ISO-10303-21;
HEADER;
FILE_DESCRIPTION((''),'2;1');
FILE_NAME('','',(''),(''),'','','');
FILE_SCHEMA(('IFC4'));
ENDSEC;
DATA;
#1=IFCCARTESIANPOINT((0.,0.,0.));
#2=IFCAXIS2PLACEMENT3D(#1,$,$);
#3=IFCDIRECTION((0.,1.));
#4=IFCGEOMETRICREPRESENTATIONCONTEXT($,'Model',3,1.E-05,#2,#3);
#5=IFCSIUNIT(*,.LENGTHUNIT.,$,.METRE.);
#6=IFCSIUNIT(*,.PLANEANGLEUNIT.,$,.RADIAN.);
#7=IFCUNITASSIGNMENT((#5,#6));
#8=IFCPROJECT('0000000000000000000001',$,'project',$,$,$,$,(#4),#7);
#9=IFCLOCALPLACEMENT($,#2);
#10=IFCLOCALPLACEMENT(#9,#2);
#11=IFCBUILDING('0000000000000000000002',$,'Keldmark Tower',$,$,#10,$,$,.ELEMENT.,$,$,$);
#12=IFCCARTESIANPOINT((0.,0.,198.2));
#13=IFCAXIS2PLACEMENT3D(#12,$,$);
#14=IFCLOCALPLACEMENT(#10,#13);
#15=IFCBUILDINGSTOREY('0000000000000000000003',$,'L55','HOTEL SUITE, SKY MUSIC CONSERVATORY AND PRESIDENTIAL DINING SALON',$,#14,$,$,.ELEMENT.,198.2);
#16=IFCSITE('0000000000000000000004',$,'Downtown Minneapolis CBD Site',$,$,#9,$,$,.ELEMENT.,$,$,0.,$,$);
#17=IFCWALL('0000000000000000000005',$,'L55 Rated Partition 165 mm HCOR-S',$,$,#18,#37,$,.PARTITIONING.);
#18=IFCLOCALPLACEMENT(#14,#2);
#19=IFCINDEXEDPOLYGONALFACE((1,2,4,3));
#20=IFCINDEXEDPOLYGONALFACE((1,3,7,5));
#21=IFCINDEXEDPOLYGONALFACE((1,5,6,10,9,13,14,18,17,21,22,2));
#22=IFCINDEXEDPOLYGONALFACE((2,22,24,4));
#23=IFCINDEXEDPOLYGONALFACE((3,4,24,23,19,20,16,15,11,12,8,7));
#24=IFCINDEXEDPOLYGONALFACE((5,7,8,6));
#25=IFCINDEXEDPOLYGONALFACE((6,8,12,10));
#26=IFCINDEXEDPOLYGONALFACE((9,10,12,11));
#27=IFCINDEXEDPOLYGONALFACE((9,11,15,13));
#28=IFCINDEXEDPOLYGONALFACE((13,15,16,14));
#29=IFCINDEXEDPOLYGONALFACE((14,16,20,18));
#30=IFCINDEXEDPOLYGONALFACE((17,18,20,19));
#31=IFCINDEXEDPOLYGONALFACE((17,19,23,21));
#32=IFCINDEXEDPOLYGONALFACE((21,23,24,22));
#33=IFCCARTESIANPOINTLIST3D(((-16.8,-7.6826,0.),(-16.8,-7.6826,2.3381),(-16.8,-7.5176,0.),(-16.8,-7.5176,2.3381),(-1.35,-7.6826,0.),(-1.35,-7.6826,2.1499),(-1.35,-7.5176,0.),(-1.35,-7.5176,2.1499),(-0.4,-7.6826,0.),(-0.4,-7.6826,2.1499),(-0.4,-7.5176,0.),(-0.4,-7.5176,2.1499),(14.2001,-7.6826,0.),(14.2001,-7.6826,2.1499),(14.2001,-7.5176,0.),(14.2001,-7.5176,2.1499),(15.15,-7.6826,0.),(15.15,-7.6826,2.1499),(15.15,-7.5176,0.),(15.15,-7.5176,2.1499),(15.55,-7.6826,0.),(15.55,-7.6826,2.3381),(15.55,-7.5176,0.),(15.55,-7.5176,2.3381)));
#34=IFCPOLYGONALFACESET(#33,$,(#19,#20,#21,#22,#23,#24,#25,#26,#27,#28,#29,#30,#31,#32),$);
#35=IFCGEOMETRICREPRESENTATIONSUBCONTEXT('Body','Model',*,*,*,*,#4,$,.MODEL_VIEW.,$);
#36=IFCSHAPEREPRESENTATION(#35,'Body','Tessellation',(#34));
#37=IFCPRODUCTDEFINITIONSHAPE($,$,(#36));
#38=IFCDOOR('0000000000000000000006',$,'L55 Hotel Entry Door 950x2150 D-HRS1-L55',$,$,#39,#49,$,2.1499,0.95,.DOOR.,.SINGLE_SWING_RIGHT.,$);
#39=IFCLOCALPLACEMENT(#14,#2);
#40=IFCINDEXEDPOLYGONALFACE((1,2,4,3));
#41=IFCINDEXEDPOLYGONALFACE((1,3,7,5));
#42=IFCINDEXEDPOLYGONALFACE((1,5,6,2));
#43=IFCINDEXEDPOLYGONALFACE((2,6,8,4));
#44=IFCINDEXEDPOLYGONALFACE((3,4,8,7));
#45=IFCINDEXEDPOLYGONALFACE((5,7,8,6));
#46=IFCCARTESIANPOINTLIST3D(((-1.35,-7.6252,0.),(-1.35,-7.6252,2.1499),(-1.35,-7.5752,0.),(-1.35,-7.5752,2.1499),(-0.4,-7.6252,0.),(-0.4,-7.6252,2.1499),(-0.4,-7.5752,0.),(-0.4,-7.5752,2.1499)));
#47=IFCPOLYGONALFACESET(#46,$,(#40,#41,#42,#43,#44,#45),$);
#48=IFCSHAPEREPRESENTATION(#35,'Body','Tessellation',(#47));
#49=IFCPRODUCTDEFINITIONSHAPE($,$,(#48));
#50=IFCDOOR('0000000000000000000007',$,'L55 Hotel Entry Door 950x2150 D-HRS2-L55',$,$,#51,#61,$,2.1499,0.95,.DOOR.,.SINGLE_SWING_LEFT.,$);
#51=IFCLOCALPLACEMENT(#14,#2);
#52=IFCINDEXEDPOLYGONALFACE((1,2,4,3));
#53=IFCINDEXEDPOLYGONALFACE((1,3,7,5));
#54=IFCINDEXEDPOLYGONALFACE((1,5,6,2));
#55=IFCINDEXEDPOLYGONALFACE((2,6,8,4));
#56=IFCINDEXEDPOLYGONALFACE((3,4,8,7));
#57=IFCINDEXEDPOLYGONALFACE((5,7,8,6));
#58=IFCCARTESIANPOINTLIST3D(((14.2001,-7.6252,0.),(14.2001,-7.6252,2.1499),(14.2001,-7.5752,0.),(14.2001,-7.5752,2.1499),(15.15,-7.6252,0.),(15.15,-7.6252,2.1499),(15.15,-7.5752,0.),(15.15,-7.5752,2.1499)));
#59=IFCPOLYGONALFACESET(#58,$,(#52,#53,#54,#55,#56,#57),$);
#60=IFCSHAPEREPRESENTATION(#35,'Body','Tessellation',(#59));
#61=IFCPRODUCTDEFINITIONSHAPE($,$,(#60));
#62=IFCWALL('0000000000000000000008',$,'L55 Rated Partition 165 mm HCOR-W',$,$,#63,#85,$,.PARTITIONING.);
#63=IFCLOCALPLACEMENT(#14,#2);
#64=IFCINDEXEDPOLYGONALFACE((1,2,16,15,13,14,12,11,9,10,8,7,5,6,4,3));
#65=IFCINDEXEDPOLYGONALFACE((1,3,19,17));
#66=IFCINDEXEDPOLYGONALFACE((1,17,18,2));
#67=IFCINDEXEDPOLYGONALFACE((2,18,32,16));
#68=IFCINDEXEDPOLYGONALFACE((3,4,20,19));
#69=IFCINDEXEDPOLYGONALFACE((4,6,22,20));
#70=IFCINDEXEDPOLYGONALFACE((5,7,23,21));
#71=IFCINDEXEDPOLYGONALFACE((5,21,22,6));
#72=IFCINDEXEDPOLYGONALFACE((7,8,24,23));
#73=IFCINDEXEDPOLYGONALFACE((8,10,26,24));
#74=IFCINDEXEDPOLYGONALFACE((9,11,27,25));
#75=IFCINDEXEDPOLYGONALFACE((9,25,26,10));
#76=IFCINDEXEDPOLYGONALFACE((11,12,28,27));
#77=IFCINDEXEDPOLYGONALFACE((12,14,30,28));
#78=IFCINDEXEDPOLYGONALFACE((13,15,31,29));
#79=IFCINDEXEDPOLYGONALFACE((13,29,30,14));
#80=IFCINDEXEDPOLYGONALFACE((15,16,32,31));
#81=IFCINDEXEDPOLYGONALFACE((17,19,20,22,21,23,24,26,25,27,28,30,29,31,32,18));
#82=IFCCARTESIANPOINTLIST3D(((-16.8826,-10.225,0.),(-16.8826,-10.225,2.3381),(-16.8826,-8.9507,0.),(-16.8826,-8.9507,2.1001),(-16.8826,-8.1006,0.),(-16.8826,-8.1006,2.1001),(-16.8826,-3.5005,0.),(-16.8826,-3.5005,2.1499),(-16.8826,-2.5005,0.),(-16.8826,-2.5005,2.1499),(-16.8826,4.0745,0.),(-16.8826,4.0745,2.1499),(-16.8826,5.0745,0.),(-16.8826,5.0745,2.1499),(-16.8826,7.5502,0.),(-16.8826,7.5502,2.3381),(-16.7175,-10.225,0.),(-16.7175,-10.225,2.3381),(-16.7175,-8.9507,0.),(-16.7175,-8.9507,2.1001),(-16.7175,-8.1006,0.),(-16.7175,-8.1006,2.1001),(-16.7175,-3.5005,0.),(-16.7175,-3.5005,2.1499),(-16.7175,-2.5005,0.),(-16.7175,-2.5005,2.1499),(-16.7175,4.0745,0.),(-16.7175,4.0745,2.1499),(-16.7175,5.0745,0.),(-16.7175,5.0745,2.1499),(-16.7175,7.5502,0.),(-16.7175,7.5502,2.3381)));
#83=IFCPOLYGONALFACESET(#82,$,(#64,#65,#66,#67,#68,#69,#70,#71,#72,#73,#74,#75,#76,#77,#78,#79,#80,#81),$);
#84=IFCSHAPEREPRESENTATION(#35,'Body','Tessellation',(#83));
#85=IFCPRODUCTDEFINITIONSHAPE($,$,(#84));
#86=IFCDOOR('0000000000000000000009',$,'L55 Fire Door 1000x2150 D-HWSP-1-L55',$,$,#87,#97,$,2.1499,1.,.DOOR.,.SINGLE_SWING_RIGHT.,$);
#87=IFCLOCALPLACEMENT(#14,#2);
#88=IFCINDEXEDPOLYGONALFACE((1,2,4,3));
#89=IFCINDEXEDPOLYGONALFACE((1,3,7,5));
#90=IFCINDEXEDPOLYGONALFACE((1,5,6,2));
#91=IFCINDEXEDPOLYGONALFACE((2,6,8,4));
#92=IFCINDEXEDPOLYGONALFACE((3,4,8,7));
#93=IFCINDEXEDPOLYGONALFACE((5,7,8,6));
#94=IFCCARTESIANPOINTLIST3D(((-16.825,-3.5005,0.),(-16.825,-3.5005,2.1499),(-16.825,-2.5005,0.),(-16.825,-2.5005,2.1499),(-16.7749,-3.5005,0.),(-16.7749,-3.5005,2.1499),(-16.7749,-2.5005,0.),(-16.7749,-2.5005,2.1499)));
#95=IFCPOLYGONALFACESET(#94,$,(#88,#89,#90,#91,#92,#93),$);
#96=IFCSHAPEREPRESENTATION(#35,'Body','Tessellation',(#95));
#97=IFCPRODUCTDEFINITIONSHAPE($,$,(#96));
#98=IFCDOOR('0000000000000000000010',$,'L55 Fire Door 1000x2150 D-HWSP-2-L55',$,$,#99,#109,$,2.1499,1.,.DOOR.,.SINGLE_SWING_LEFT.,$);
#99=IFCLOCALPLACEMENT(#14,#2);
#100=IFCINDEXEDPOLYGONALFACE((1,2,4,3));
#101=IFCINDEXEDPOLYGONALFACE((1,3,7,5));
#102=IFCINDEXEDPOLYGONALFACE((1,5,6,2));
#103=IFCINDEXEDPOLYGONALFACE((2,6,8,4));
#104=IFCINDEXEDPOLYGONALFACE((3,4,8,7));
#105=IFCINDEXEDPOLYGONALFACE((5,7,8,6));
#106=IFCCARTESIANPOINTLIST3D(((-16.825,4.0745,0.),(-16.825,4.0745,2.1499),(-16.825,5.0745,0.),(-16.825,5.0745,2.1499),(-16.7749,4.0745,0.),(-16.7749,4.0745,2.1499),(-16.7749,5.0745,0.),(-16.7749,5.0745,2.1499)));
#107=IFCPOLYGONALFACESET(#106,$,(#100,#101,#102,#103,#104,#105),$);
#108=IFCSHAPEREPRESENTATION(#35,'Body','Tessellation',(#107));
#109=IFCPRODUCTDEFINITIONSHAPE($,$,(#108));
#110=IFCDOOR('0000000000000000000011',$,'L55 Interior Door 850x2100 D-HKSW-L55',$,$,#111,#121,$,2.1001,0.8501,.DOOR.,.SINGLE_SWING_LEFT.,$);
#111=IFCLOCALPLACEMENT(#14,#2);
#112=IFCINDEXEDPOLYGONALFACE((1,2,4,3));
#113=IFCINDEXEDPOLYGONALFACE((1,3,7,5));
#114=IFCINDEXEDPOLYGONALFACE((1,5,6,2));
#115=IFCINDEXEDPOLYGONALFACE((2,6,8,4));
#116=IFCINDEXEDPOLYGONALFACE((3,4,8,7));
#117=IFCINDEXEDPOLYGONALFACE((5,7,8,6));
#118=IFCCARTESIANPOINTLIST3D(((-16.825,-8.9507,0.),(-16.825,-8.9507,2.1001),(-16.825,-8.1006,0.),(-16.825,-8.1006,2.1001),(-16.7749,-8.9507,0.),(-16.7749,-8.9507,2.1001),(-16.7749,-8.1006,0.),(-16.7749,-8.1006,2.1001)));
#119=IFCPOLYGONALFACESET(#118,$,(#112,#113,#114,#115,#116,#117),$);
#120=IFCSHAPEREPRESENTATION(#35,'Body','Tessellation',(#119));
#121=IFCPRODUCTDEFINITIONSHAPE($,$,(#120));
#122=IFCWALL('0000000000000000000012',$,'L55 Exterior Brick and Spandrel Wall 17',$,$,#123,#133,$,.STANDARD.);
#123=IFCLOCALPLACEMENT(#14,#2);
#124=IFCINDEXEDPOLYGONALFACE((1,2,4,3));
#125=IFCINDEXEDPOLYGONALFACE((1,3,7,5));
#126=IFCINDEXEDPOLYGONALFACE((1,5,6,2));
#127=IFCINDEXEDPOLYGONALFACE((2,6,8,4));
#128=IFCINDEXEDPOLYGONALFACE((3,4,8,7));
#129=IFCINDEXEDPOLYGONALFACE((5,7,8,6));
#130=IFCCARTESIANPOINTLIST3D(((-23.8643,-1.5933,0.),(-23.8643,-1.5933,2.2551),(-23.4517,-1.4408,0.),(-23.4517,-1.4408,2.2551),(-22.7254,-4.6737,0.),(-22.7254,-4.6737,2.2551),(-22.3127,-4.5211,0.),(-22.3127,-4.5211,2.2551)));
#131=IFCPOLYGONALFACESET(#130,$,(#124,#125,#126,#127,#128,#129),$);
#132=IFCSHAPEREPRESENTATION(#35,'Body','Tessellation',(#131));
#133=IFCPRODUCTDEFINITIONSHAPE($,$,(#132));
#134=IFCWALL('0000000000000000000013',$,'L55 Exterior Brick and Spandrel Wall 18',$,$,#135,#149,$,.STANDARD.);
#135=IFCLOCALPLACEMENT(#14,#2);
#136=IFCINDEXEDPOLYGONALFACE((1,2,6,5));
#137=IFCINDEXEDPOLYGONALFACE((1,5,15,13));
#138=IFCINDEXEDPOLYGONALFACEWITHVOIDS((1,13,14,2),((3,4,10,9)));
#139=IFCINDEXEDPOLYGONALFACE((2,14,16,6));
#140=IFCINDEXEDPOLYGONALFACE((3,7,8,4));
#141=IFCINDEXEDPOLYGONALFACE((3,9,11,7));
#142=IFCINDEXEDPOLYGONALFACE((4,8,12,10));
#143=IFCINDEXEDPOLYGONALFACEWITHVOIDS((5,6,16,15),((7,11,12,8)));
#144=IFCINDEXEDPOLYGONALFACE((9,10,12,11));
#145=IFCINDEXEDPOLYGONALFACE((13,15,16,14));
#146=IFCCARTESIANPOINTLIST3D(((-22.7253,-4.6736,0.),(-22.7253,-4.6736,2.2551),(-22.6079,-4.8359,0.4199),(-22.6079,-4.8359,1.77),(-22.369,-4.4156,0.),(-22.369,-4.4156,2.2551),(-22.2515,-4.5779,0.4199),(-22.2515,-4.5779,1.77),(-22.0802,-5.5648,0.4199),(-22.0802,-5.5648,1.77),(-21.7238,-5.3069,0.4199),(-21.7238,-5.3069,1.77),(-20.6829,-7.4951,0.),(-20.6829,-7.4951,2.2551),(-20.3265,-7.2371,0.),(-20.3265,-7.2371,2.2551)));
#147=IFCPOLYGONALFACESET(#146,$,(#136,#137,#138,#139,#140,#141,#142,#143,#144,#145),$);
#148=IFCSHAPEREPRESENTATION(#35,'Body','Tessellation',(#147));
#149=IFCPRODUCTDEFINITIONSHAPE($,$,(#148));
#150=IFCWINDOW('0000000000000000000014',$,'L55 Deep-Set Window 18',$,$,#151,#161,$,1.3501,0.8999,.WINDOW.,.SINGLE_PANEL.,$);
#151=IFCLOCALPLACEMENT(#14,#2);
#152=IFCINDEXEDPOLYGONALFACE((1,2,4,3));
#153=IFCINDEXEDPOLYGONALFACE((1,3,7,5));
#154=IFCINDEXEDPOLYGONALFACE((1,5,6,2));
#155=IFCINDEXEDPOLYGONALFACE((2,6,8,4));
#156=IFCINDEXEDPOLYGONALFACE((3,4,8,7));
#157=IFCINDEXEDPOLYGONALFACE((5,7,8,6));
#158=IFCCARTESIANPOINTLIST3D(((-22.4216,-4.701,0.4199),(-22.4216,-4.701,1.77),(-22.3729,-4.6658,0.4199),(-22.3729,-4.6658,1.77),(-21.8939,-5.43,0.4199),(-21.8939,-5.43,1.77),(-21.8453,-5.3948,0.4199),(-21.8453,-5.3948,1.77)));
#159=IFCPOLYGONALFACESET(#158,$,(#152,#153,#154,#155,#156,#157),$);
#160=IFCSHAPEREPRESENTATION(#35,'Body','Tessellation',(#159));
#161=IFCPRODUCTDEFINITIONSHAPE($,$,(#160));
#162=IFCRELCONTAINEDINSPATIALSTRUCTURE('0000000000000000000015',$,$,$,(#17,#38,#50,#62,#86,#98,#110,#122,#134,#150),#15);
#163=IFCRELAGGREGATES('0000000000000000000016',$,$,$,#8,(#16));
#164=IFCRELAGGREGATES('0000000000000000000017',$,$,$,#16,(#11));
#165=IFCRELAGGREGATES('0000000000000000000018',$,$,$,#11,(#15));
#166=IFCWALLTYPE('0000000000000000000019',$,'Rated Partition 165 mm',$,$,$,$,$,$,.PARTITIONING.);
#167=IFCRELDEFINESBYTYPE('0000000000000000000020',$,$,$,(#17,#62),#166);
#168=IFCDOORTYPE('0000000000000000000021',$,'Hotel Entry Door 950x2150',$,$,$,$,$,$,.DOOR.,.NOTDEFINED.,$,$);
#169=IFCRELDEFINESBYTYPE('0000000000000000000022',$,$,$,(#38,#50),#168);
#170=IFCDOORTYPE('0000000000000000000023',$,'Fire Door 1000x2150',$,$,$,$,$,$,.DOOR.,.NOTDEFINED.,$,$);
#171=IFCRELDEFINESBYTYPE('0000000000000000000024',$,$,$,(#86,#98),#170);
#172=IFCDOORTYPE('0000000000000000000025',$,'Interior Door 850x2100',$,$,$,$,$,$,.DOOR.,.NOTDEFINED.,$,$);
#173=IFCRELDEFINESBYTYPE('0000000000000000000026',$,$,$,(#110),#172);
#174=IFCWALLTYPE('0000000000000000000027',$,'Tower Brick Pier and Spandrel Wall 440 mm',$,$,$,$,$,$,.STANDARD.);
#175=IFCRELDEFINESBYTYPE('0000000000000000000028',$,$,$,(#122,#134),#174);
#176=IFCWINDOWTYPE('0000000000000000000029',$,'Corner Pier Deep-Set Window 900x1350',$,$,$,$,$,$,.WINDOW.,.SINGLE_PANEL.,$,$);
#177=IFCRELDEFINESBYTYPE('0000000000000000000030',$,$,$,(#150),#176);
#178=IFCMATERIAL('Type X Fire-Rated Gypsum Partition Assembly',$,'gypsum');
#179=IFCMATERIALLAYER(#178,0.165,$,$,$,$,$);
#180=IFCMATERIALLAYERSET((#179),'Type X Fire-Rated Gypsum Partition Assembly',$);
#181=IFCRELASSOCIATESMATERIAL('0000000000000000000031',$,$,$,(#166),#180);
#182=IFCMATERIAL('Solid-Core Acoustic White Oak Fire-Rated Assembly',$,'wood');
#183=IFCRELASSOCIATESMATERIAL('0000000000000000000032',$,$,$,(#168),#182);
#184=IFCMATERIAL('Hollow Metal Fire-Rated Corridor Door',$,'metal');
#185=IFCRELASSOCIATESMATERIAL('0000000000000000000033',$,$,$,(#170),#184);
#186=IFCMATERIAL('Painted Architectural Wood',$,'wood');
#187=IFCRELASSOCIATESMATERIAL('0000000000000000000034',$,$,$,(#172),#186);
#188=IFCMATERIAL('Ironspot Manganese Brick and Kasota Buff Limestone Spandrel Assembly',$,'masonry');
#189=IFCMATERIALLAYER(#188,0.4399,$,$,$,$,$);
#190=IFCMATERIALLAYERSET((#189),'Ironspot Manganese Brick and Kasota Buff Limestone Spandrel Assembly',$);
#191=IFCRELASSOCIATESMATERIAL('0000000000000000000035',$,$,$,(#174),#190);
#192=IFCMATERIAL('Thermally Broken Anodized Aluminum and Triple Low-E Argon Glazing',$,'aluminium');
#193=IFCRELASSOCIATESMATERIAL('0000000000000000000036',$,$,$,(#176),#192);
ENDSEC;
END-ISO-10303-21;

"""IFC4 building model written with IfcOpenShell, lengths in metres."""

from ifc_helpers import new_model, si_unit, direction, frame, frame_2d, origin, place, context, subcontext, project, spatial, rectangle, extrude, material, layer, layer_set, type_object, element, fill, save


model = new_model("IFC4")

# Units and contexts
model_context = context("Model", 3, precision=1e-05, world=origin(), true_north=direction((0.0, 1.0)))
body_context = subcontext(model_context, "Body", "Model", "MODEL_VIEW")
ifc_project = project(units=[si_unit("LENGTHUNIT", "METRE"), si_unit("PLANEANGLEUNIT", "RADIAN")], contexts=[model_context])

# Site, building, storey
site_placement = place(None, origin())
site = spatial("IfcSite", under=ifc_project, at=site_placement, Name="Downtown Minneapolis CBD Site", CompositionType="ELEMENT", RefElevation=0.0)
building_placement = place(site_placement, origin())
building = spatial("IfcBuilding", under=site, at=building_placement, Name="Keldmark Tower", CompositionType="ELEMENT")
storey_placement = place(building_placement, frame((0.0, 0.0, 198.2)))
storey = spatial("IfcBuildingStorey", under=building, at=storey_placement, Name="L55", Description="HOTEL SUITE, SKY MUSIC CONSERVATORY AND PRESIDENTIAL DINING SALON", CompositionType="ELEMENT", Elevation=198.2)

# Walls, openings, doors
ifc_material_1 = material(Name="Type X Fire-Rated Gypsum Partition Assembly", Category="gypsum")
ifc_layer_1 = layer(ifc_material_1, 0.165)
ifc_layer_set_1 = layer_set([ifc_layer_1], Name="Type X Fire-Rated Gypsum Partition Assembly")
wall_type_1 = type_object("IfcWallType", Name="Rated Partition 165 mm", PredefinedType="PARTITIONING", material=ifc_layer_set_1)
wall_1_placement = place(storey_placement, frame((-16.8, -7.6001, 0.0), z_axis=(0.0, 0.0, 1.0), x_axis=(1.0, 0.0, 0.0)))
wall_1 = element("IfcWall", 1, at=wall_1_placement, inside=storey, type_object=wall_type_1, Name="L55 Rated Partition 165 mm HCOR-S", PredefinedType="PARTITIONING", context=body_context, shape_type="SweptSolid", body=[
    extrude(rectangle(XDim=32.3501, YDim=0.165, at=frame_2d((16.175, 0.0))), origin(), (0.0, 0.0, 1.0), 2.3381),
])
opening_1_placement = place(wall_1_placement, frame((15.45, 0.0, 0.0)))
opening_1 = element("IfcOpeningElement", 2, at=opening_1_placement, cuts=wall_1, PredefinedType="OPENING", context=body_context, shape_type="SweptSolid", body=[
    extrude(rectangle(XDim=0.95, YDim=2.1499, at=frame_2d((0.4751, 1.075))), frame((0.0, 0.0925, 0.0), z_axis=(0.0, -1.0, 0.0), x_axis=(1.0, 0.0, 0.0)), (0.0, 0.0, 1.0), 0.1851),
])
opening_2_placement = place(wall_1_placement, frame((31.0, 0.0, 0.0)))
opening_2 = element("IfcOpeningElement", 3, at=opening_2_placement, cuts=wall_1, PredefinedType="OPENING", context=body_context, shape_type="SweptSolid", body=[
    extrude(rectangle(XDim=0.95, YDim=2.1499, at=frame_2d((0.4751, 1.075))), frame((0.0, 0.0925, 0.0), z_axis=(0.0, -1.0, 0.0), x_axis=(1.0, 0.0, 0.0)), (0.0, 0.0, 1.0), 0.1851),
])
ifc_material_2 = material(Name="Solid-Core Acoustic White Oak Fire-Rated Assembly", Category="wood")
door_type_1 = type_object("IfcDoorType", Name="Hotel Entry Door 950x2150", OperationType="NOTDEFINED", PredefinedType="DOOR", material=ifc_material_2)
door_1_placement = place(opening_1_placement, origin())
door_1 = element("IfcDoor", 4, at=door_1_placement, inside=storey, type_object=door_type_1, Name="L55 Hotel Entry Door 950x2150 D-HRS1-L55", OperationType="SINGLE_SWING_RIGHT", OverallHeight=2.1499, OverallWidth=0.95, PredefinedType="DOOR", context=body_context, shape_type="SweptSolid", body=[
    extrude(rectangle(XDim=0.95, YDim=2.1499, at=frame_2d((0.4751, 1.075))), frame((0.0, 0.0249, 0.0), z_axis=(0.0, -1.0, 0.0), x_axis=(1.0, 0.0, 0.0)), (0.0, 0.0, 1.0), 0.05),
])
fill(opening_1, door_1)
door_2_placement = place(opening_2_placement, origin())
door_2 = element("IfcDoor", 5, at=door_2_placement, inside=storey, type_object=door_type_1, Name="L55 Hotel Entry Door 950x2150 D-HRS2-L55", OperationType="SINGLE_SWING_LEFT", OverallHeight=2.1499, OverallWidth=0.95, PredefinedType="DOOR", context=body_context, shape_type="SweptSolid", body=[
    extrude(rectangle(XDim=0.95, YDim=2.1499, at=frame_2d((0.4751, 1.075))), frame((0.0, 0.0249, 0.0), z_axis=(0.0, -1.0, 0.0), x_axis=(1.0, 0.0, 0.0)), (0.0, 0.0, 1.0), 0.05),
])
fill(opening_2, door_2)
wall_2_placement = place(storey_placement, frame((-16.8, -10.2251, 0.0), z_axis=(0.0, 0.0, 1.0), x_axis=(0.0, 1.0, 0.0)))
wall_2 = element("IfcWall", 6, at=wall_2_placement, inside=storey, type_object=wall_type_1, Name="L55 Rated Partition 165 mm HCOR-W", PredefinedType="PARTITIONING", context=body_context, shape_type="SweptSolid", body=[
    extrude(rectangle(XDim=17.7751, YDim=0.165, at=frame_2d((8.8877, 0.0))), origin(), (0.0, 0.0, 1.0), 2.3381),
])
opening_3_placement = place(wall_2_placement, frame((1.2744, 0.0, 0.0)))
opening_3 = element("IfcOpeningElement", 7, at=opening_3_placement, cuts=wall_2, PredefinedType="OPENING", context=body_context, shape_type="SweptSolid", body=[
    extrude(rectangle(XDim=0.8501, YDim=2.1001, at=frame_2d((0.425, 1.05))), frame((0.0, 0.0925, 0.0), z_axis=(0.0, -1.0, 0.0), x_axis=(1.0, 0.0, 0.0)), (0.0, 0.0, 1.0), 0.1851),
])
opening_4_placement = place(wall_2_placement, frame((6.7246, 0.0, 0.0)))
opening_4 = element("IfcOpeningElement", 8, at=opening_4_placement, cuts=wall_2, PredefinedType="OPENING", context=body_context, shape_type="SweptSolid", body=[
    extrude(rectangle(XDim=1.0, YDim=2.1499, at=frame_2d((0.5, 1.075))), frame((0.0, 0.0925, 0.0), z_axis=(0.0, -1.0, 0.0), x_axis=(1.0, 0.0, 0.0)), (0.0, 0.0, 1.0), 0.1851),
])
opening_5_placement = place(wall_2_placement, frame((14.2996, 0.0, 0.0)))
opening_5 = element("IfcOpeningElement", 9, at=opening_5_placement, cuts=wall_2, PredefinedType="OPENING", context=body_context, shape_type="SweptSolid", body=[
    extrude(rectangle(XDim=1.0, YDim=2.1499, at=frame_2d((0.5, 1.075))), frame((0.0, 0.0925, 0.0), z_axis=(0.0, -1.0, 0.0), x_axis=(1.0, 0.0, 0.0)), (0.0, 0.0, 1.0), 0.1851),
])
ifc_material_3 = material(Name="Hollow Metal Fire-Rated Corridor Door", Category="metal")
door_type_2 = type_object("IfcDoorType", Name="Fire Door 1000x2150", OperationType="NOTDEFINED", PredefinedType="DOOR", material=ifc_material_3)
door_3_placement = place(opening_4_placement, origin())
door_3 = element("IfcDoor", 10, at=door_3_placement, inside=storey, type_object=door_type_2, Name="L55 Fire Door 1000x2150 D-HWSP-1-L55", OperationType="SINGLE_SWING_RIGHT", OverallHeight=2.1499, OverallWidth=1.0, PredefinedType="DOOR", context=body_context, shape_type="SweptSolid", body=[
    extrude(rectangle(XDim=1.0, YDim=2.1499, at=frame_2d((0.5, 1.075))), frame((0.0, 0.0249, 0.0), z_axis=(0.0, -1.0, 0.0), x_axis=(1.0, 0.0, 0.0)), (0.0, 0.0, 1.0), 0.05),
])
fill(opening_4, door_3)
door_4_placement = place(opening_5_placement, origin())
door_4 = element("IfcDoor", 11, at=door_4_placement, inside=storey, type_object=door_type_2, Name="L55 Fire Door 1000x2150 D-HWSP-2-L55", OperationType="SINGLE_SWING_LEFT", OverallHeight=2.1499, OverallWidth=1.0, PredefinedType="DOOR", context=body_context, shape_type="SweptSolid", body=[
    extrude(rectangle(XDim=1.0, YDim=2.1499, at=frame_2d((0.5, 1.075))), frame((0.0, 0.0249, 0.0), z_axis=(0.0, -1.0, 0.0), x_axis=(1.0, 0.0, 0.0)), (0.0, 0.0, 1.0), 0.05),
])
fill(opening_5, door_4)
ifc_material_4 = material(Name="Painted Architectural Wood", Category="wood")
door_type_3 = type_object("IfcDoorType", Name="Interior Door 850x2100", OperationType="NOTDEFINED", PredefinedType="DOOR", material=ifc_material_4)
door_5_placement = place(opening_3_placement, origin())
door_5 = element("IfcDoor", 12, at=door_5_placement, inside=storey, type_object=door_type_3, Name="L55 Interior Door 850x2100 D-HKSW-L55", OperationType="SINGLE_SWING_LEFT", OverallHeight=2.1001, OverallWidth=0.8501, PredefinedType="DOOR", context=body_context, shape_type="SweptSolid", body=[
    extrude(rectangle(XDim=0.8501, YDim=2.1001, at=frame_2d((0.425, 1.05))), frame((0.0, 0.0249, 0.0), z_axis=(0.0, -1.0, 0.0), x_axis=(1.0, 0.0, 0.0)), (0.0, 0.0, 1.0), 0.05),
])
fill(opening_3, door_5)

# Wall
ifc_material_5 = material(Name="Ironspot Manganese Brick and Kasota Buff Limestone Spandrel Assembly", Category="masonry")
ifc_layer_2 = layer(ifc_material_5, 0.4399)
ifc_layer_set_2 = layer_set([ifc_layer_2], Name="Ironspot Manganese Brick and Kasota Buff Limestone Spandrel Assembly")
wall_type_2 = type_object("IfcWallType", Name="Tower Brick Pier and Spandrel Wall 440 mm", PredefinedType="STANDARD", material=ifc_layer_set_2)
wall_3_placement = place(storey_placement, frame((-22.519, -4.5974, 0.0), z_axis=(0.0, 0.0, 1.0), x_axis=(-0.346794, 0.937941, 0.0)))
element("IfcWall", 13, at=wall_3_placement, inside=storey, type_object=wall_type_2, Name="L55 Exterior Brick and Spandrel Wall 17", PredefinedType="STANDARD", context=body_context, shape_type="SweptSolid", body=[
    extrude(rectangle(XDim=3.2842, YDim=0.4399, at=frame_2d((1.6421, 0.0))), origin(), (0.0, 0.0, 1.0), 2.2551),
])

# Wall, opening, window
wall_4_placement = place(storey_placement, frame((-20.5046, -7.3662, 0.0), z_axis=(0.0, 0.0, 1.0), x_axis=(-0.586378, 0.810037, 0.0)))
wall_4 = element("IfcWall", 14, at=wall_4_placement, inside=storey, type_object=wall_type_2, Name="L55 Exterior Brick and Spandrel Wall 18", PredefinedType="STANDARD", context=body_context, shape_type="SweptSolid", body=[
    extrude(rectangle(XDim=3.4832, YDim=0.4399, at=frame_2d((1.7417, 0.0))), origin(), (0.0, 0.0, 1.0), 2.2551),
])
opening_6_placement = place(wall_4_placement, frame((2.3831, 0.0, 0.4199)))
opening_6 = element("IfcOpeningElement", 15, at=opening_6_placement, cuts=wall_4, PredefinedType="OPENING", context=body_context, shape_type="SweptSolid", body=[
    extrude(rectangle(XDim=0.8999, YDim=1.3501, at=frame_2d((0.45, 0.675))), frame((0.0, 0.23, 0.0), z_axis=(0.0, -1.0, 0.0), x_axis=(1.0, 0.0, 0.0)), (0.0, 0.0, 1.0), 0.46),
])
ifc_material_6 = material(Name="Thermally Broken Anodized Aluminum and Triple Low-E Argon Glazing", Category="aluminium")
window_type = type_object("IfcWindowType", Name="Corner Pier Deep-Set Window 900x1350", PartitioningType="SINGLE_PANEL", PredefinedType="WINDOW", material=ifc_material_6)
window_placement = place(opening_6_placement, origin())
window = element("IfcWindow", 16, at=window_placement, inside=storey, type_object=window_type, Name="L55 Deep-Set Window 18", OverallHeight=1.3501, OverallWidth=0.8999, PartitioningType="SINGLE_PANEL", PredefinedType="WINDOW", context=body_context, shape_type="SweptSolid", body=[
    extrude(rectangle(XDim=0.8999, YDim=1.3501, at=frame_2d((0.45, 0.675))), frame((0.0, -0.01, 0.0), z_axis=(0.0, -1.0, 0.0), x_axis=(1.0, 0.0, 0.0)), (0.0, 0.0, 1.0), 0.0601),
])
fill(opening_6, window)

save(model, "model.ifc")
